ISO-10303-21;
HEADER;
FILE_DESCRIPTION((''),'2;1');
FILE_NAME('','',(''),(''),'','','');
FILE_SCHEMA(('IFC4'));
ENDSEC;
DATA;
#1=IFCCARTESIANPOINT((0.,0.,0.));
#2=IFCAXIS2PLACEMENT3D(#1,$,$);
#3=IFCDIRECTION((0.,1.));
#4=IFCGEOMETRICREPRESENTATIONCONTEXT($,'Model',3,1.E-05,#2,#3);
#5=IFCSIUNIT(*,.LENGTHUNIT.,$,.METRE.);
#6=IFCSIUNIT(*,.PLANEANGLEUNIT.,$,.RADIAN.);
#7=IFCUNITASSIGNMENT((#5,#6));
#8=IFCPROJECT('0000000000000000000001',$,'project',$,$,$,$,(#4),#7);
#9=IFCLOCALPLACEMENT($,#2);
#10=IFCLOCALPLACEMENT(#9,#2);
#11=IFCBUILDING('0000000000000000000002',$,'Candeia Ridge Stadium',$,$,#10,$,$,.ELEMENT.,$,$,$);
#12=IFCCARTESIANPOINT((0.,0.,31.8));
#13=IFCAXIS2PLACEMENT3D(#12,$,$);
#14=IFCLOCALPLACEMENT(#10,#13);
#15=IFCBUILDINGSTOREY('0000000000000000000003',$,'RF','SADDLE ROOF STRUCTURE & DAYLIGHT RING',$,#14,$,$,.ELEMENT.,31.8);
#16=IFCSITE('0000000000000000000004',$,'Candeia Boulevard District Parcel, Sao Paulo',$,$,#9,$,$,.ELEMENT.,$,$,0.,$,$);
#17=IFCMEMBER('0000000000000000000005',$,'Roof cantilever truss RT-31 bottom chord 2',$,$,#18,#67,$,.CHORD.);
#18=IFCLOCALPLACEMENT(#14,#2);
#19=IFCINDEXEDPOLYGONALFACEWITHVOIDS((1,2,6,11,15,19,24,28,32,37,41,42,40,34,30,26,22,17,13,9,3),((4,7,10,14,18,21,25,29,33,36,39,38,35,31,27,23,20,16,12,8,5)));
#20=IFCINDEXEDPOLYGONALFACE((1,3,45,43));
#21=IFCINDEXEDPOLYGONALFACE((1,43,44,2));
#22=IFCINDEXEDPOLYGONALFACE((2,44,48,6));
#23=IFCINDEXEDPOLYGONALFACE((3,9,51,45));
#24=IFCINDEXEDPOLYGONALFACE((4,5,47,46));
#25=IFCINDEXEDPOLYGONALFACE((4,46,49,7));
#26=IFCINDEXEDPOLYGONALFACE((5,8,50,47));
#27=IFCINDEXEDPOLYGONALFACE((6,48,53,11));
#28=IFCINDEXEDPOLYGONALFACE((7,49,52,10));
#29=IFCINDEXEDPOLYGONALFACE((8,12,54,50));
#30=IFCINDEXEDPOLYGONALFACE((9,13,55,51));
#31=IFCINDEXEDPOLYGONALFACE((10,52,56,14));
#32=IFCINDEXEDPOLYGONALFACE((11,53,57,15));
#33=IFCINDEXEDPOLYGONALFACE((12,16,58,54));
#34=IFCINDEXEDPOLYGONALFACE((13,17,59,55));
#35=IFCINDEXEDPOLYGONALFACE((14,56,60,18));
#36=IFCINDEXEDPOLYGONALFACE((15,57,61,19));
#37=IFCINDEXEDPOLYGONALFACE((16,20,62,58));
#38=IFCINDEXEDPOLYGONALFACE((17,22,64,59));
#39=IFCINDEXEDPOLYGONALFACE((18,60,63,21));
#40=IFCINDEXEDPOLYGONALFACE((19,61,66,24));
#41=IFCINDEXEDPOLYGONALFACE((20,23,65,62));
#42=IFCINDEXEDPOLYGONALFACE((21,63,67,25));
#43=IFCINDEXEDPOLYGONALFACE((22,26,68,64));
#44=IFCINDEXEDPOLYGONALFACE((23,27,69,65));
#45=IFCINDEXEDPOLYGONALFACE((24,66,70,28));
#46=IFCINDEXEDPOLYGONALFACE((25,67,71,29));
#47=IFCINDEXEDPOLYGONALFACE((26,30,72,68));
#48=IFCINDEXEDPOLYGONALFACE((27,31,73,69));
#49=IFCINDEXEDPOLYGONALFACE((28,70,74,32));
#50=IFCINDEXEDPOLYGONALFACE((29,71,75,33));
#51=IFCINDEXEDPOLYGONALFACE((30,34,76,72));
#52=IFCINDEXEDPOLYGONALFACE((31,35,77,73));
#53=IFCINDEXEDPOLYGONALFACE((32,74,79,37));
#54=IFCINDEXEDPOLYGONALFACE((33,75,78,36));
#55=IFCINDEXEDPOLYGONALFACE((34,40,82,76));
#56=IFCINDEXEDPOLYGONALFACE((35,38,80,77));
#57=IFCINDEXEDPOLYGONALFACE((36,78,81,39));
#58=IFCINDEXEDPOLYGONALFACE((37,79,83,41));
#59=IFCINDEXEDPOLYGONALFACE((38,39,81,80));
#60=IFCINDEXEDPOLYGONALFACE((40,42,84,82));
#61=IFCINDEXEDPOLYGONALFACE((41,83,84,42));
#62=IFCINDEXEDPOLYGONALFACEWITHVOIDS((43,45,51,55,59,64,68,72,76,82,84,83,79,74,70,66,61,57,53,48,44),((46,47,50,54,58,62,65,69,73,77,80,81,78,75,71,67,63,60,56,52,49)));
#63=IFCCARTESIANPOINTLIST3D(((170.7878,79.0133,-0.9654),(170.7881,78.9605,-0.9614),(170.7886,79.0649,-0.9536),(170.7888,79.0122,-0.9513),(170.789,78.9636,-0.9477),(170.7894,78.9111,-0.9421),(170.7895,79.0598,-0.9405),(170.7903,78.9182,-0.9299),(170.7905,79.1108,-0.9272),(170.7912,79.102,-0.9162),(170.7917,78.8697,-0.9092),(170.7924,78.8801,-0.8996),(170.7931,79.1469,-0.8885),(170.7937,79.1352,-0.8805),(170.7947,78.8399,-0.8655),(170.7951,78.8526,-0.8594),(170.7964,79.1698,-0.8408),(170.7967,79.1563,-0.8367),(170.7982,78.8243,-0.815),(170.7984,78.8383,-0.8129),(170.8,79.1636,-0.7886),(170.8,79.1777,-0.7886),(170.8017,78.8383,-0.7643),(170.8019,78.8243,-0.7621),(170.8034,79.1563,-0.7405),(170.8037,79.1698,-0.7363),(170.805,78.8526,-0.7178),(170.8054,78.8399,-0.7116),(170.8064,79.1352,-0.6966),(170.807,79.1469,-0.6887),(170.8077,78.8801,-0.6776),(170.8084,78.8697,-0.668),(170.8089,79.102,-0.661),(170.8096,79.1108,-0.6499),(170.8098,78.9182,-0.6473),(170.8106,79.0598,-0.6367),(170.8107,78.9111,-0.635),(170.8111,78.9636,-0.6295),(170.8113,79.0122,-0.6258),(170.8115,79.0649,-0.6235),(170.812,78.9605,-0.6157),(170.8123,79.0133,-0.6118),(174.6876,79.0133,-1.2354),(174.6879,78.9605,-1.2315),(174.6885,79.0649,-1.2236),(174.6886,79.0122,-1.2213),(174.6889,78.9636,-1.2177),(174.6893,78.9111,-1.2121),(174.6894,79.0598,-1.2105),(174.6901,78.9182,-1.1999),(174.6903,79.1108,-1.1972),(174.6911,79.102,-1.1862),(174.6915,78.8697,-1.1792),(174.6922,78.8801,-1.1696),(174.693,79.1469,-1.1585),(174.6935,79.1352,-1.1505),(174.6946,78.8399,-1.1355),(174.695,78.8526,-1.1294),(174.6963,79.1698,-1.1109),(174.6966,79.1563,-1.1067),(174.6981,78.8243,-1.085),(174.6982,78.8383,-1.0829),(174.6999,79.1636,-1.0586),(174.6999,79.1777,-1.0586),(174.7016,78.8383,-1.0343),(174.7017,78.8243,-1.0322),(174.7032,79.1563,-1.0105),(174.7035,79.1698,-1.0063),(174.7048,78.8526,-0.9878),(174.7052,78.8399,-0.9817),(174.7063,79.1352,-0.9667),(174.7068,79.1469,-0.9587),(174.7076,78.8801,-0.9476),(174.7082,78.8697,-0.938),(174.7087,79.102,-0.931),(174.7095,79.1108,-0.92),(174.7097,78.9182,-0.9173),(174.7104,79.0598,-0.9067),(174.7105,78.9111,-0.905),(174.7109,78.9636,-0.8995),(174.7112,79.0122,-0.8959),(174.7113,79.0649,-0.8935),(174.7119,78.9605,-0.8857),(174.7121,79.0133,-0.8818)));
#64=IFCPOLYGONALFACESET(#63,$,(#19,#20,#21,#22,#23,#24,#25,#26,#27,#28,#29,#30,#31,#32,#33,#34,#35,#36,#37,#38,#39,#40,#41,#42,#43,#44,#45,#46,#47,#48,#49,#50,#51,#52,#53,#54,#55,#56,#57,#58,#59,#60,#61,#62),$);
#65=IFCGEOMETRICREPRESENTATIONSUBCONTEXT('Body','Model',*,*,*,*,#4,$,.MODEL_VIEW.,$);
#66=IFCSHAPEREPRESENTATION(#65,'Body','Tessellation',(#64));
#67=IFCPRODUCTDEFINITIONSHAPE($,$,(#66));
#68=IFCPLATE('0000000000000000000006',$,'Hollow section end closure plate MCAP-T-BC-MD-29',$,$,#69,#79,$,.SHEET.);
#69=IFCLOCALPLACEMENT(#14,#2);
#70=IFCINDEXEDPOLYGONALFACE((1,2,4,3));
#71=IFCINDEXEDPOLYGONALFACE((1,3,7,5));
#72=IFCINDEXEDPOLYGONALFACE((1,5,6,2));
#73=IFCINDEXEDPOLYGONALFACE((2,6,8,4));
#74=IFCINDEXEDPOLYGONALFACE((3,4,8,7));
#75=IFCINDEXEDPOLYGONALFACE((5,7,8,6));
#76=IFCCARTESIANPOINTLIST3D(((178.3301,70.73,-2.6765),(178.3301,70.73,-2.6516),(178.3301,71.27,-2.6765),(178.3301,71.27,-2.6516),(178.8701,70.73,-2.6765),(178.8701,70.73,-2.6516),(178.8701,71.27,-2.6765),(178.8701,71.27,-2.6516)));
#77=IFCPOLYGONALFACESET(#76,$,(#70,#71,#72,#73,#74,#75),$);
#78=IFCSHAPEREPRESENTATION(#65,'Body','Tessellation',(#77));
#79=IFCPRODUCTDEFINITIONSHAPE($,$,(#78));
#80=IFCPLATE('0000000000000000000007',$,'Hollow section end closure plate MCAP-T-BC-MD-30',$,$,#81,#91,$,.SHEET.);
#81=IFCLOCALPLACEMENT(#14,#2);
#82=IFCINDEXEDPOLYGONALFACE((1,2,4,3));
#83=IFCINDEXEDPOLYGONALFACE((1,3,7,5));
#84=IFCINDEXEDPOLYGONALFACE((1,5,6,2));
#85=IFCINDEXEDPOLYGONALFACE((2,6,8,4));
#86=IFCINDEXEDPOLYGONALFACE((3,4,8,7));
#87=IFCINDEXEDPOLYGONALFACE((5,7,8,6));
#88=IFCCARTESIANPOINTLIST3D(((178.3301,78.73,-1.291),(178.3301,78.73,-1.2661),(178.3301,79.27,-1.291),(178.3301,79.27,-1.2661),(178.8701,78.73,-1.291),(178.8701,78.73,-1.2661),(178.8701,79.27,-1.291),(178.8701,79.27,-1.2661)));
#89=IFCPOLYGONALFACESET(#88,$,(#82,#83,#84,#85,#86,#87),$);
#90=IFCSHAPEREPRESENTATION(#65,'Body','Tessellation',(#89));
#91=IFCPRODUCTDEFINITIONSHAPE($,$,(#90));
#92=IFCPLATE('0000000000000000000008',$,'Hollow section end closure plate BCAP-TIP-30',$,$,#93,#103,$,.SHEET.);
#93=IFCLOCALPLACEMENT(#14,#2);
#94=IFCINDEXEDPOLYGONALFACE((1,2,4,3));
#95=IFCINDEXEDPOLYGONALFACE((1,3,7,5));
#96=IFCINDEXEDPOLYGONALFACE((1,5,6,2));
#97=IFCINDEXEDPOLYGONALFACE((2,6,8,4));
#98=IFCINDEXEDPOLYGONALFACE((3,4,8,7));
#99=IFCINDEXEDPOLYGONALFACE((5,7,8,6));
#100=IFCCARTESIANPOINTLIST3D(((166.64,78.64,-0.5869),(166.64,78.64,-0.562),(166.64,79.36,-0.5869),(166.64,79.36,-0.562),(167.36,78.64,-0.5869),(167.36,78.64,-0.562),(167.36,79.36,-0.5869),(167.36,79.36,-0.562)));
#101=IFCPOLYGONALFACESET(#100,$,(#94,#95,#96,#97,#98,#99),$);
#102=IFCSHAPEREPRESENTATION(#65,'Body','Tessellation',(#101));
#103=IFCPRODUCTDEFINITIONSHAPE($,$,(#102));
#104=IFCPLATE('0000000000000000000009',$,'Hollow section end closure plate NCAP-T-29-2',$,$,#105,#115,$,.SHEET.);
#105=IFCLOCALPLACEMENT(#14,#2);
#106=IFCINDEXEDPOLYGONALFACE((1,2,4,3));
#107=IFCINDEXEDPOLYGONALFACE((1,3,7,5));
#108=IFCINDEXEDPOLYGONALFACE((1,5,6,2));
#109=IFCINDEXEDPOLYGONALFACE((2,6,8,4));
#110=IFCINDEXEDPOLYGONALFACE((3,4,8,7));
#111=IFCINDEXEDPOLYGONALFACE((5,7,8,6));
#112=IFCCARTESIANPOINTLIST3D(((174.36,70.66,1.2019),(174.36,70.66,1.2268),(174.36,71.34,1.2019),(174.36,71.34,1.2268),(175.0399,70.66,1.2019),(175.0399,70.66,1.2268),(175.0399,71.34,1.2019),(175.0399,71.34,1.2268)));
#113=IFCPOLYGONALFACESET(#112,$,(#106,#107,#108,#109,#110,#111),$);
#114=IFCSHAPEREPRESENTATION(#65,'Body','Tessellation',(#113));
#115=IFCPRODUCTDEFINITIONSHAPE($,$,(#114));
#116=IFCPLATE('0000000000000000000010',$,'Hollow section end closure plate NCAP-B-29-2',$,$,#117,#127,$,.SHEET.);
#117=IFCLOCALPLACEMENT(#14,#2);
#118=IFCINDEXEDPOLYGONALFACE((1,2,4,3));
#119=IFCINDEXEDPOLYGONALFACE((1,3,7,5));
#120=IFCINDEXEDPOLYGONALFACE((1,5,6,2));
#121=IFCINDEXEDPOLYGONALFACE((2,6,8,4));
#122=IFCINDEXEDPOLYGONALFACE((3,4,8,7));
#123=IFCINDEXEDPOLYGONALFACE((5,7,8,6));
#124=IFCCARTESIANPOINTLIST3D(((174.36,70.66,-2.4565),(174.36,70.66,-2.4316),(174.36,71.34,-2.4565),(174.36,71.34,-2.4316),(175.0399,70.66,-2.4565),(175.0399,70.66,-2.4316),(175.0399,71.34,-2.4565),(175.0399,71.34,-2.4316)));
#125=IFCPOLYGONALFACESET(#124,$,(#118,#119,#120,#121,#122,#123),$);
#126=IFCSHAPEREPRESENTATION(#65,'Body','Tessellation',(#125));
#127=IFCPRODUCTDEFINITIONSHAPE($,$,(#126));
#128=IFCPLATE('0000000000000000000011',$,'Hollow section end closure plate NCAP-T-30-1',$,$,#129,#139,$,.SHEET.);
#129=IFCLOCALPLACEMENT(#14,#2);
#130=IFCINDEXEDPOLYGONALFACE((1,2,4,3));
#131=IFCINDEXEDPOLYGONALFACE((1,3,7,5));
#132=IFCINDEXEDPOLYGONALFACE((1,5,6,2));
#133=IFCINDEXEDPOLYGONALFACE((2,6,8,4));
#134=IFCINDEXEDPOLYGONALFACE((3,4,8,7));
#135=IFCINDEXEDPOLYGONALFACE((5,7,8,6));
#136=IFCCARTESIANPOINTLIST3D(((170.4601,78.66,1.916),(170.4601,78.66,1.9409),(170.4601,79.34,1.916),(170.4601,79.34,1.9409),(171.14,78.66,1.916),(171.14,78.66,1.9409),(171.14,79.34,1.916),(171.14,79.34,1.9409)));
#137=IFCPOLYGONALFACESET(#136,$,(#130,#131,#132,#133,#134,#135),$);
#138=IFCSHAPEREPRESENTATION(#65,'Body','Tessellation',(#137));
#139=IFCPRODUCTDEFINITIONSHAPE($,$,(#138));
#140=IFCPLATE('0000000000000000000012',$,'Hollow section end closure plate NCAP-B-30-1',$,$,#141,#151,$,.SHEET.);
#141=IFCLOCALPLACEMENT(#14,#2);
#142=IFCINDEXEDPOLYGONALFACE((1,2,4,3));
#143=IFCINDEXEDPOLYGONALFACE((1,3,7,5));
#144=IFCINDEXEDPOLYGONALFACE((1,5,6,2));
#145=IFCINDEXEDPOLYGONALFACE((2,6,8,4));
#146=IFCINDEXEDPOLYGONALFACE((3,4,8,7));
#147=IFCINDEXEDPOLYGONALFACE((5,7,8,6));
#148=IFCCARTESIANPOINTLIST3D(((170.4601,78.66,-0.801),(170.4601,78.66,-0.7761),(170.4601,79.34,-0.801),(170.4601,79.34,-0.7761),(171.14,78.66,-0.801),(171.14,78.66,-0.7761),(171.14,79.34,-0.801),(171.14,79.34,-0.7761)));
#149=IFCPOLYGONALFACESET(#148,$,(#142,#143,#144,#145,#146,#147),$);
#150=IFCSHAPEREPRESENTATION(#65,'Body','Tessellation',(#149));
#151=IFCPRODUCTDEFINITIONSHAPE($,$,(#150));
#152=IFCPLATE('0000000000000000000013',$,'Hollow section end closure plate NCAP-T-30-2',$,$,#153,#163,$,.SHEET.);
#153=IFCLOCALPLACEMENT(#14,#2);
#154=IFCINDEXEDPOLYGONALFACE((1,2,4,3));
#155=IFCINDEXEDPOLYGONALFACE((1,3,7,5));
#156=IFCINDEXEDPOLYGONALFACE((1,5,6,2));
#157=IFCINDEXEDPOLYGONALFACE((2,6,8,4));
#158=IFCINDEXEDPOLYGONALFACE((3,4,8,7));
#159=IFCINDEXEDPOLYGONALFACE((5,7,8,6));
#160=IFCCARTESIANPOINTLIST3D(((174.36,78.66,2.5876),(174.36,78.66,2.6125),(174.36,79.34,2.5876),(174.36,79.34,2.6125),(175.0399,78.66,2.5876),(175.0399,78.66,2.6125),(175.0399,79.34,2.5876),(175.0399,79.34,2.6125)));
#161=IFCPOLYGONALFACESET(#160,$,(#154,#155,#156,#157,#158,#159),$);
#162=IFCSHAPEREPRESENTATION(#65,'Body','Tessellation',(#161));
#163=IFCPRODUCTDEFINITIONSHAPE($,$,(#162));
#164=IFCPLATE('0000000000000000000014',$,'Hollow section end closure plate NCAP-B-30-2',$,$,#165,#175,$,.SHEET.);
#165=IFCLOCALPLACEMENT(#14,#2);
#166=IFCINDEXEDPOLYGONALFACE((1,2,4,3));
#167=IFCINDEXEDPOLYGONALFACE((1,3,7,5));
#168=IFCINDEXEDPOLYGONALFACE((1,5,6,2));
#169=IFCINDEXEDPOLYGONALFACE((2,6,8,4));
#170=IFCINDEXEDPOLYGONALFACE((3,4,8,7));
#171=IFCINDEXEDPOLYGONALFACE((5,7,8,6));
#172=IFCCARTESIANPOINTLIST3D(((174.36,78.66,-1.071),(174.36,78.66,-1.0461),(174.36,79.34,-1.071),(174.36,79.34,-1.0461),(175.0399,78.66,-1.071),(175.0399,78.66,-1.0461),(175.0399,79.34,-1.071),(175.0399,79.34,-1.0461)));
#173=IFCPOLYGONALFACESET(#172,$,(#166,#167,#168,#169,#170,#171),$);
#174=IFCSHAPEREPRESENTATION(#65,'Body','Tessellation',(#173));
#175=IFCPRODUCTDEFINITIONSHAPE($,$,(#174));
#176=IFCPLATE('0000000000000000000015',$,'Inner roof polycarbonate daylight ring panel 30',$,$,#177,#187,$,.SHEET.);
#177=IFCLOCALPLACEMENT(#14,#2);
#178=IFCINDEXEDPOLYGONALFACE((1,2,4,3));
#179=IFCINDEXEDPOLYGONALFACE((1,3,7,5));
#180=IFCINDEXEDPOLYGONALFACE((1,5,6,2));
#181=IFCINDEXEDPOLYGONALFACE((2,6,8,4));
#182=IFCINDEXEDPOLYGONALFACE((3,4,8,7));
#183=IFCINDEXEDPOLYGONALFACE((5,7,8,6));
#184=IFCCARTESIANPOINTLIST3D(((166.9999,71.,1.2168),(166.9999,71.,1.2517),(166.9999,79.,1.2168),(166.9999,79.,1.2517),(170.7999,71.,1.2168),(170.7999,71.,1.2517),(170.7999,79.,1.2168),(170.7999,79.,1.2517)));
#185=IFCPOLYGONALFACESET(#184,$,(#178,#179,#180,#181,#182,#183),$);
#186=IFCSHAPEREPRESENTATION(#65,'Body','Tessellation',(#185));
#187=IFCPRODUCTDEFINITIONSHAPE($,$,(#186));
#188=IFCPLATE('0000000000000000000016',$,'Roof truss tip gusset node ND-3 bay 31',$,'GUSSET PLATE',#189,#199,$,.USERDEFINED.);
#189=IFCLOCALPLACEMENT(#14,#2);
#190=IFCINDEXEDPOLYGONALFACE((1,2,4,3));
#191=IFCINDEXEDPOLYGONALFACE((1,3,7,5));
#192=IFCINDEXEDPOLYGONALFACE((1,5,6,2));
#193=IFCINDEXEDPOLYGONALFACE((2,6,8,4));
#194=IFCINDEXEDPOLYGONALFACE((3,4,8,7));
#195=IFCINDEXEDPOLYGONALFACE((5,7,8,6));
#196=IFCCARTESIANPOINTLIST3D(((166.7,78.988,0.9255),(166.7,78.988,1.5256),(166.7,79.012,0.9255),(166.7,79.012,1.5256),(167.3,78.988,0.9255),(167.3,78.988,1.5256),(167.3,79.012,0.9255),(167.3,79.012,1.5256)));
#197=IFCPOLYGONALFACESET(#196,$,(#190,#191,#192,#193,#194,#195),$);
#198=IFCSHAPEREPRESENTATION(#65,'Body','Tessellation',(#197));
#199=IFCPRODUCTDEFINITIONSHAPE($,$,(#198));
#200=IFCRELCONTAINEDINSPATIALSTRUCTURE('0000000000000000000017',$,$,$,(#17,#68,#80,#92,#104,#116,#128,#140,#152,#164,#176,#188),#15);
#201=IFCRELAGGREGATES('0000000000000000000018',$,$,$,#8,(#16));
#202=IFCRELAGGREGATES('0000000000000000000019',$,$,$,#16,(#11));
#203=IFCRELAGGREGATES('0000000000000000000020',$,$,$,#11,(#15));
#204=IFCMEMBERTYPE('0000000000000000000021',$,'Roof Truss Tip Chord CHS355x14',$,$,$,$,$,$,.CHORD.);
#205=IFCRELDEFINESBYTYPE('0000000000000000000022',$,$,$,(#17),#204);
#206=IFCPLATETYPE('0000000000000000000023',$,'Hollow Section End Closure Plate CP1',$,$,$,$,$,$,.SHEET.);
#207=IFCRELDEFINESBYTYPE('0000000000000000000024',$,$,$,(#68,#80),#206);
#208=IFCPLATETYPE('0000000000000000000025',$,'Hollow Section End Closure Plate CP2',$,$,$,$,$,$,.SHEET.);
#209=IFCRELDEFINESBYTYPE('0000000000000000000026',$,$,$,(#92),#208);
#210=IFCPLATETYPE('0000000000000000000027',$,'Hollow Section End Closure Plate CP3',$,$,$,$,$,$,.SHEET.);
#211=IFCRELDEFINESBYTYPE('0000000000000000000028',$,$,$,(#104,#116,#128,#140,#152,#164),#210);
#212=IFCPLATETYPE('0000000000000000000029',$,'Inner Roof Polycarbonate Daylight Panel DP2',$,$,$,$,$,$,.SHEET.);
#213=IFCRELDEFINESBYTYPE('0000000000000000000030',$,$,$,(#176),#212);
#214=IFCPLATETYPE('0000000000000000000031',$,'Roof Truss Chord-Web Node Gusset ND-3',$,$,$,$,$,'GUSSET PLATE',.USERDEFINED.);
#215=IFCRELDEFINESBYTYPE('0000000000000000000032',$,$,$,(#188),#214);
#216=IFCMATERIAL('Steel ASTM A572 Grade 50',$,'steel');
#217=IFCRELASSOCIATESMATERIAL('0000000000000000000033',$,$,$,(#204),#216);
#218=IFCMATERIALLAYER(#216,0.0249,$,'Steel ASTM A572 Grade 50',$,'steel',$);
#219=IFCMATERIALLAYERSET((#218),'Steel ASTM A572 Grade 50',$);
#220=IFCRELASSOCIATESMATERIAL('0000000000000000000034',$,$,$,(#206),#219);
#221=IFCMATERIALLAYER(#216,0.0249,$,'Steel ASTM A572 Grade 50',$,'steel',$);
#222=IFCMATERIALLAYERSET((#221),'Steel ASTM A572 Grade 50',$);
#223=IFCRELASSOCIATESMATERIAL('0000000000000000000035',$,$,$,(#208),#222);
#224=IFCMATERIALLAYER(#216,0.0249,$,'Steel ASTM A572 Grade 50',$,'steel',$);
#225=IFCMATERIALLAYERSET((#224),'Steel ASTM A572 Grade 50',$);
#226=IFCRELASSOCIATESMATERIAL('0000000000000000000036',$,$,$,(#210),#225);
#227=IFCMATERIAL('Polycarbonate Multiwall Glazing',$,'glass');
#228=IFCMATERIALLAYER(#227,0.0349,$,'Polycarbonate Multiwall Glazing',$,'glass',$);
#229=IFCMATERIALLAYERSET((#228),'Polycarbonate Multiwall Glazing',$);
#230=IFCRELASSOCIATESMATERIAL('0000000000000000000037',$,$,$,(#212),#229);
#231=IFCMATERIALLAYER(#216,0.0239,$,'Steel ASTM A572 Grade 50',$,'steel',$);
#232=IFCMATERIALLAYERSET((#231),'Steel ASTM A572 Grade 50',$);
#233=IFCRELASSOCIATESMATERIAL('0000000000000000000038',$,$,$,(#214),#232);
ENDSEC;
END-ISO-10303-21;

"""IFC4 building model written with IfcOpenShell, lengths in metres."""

from ifc_helpers import new_model, si_unit, direction, frame, origin, origin_2d, place, context, subcontext, project, spatial, rectangle, hollow_circle, extrude, material, layer, layer_set, material_profile, profile_set, type_object, element, save


model = new_model("IFC4")

# Units and contexts
model_context = context("Model", 3, precision=1e-05, world=origin(), true_north=direction((0.0, 1.0)))
body_context = subcontext(model_context, "Body", "Model", "MODEL_VIEW")
ifc_project = project(units=[si_unit("LENGTHUNIT", "METRE"), si_unit("PLANEANGLEUNIT", "RADIAN")], contexts=[model_context])

# Site, building, storey
site_placement = place(None, origin())
site = spatial("IfcSite", under=ifc_project, at=site_placement, Name="Candeia Boulevard District Parcel, Sao Paulo", CompositionType="ELEMENT", RefElevation=0.0)
building_placement = place(site_placement, origin())
building = spatial("IfcBuilding", under=site, at=building_placement, Name="Candeia Ridge Stadium", CompositionType="ELEMENT")
storey_placement = place(building_placement, frame((0.0, 0.0, 31.8)))
storey = spatial("IfcBuildingStorey", under=building, at=storey_placement, Name="RF", Description="SADDLE ROOF STRUCTURE & DAYLIGHT RING", CompositionType="ELEMENT", Elevation=31.8)

# Shared definitions
ifc_material_1 = material(Name="Steel ASTM A572 Grade 50", Category="steel")

# Member
ifc_material_profile_1 = material_profile(ifc_material_1, hollow_circle(Radius=0.1777, WallThickness=0.0142, at=origin_2d()), Name="CHS355x14", Category="steel")
ifc_profile_set_1 = profile_set([ifc_material_profile_1], Name="Steel ASTM A572 Grade 50")
member_type_1 = type_object("IfcMemberType", Name="Roof Truss Tip Chord CHS355x14", PredefinedType="CHORD", material=ifc_profile_set_1)
member_1_placement = place(storey_placement, frame((170.8, 79.0, -0.7886), z_axis=(0.997612, 0.0, -0.069072), x_axis=(0.0, 1.0, 0.0)))
element("IfcMember", 1, at=member_1_placement, inside=storey, type_object=member_type_1, Name="Roof cantilever truss RT-31 bottom chord 2", PredefinedType="CHORD", context=body_context, shape_type="SweptSolid", body=[
    extrude(hollow_circle(Radius=0.1777, WallThickness=0.0142, at=origin_2d()), origin(), (0.0, 0.0, 1.0), 3.9092),
])

# Plates
ifc_layer_1 = layer(ifc_material_1, 0.0249, Name="Steel ASTM A572 Grade 50", Category="steel")
ifc_layer_set_1 = layer_set([ifc_layer_1], Name="Steel ASTM A572 Grade 50")
plate_type_1 = type_object("IfcPlateType", Name="Hollow Section End Closure Plate CP1", PredefinedType="SHEET", material=ifc_layer_set_1)
for number, where, z_axis, x_axis, name in (
    (2, (178.6001, 71.0, -2.6765), (0.0, 0.0, 1.0), (1.0, 0.0, 0.0), "Hollow section end closure plate MCAP-T-BC-MD-29"),
    (3, (178.6001, 79.0, -1.291), (0.0, 0.0, 1.0), (1.0, 0.0, 0.0), "Hollow section end closure plate MCAP-T-BC-MD-30"),
):
    element("IfcPlate", number, at=place(storey_placement, frame(where, z_axis=z_axis, x_axis=x_axis)), inside=storey, type_object=plate_type_1, Name=name, PredefinedType="SHEET", context=body_context, shape_type="SweptSolid", body=[
        extrude(rectangle(XDim=0.54, YDim=0.54, at=origin_2d()), origin(), (0.0, 0.0, 1.0), 0.0249),
    ])
ifc_layer_2 = layer(ifc_material_1, 0.0249, Name="Steel ASTM A572 Grade 50", Category="steel")
ifc_layer_set_2 = layer_set([ifc_layer_2], Name="Steel ASTM A572 Grade 50")
plate_type_2 = type_object("IfcPlateType", Name="Hollow Section End Closure Plate CP2", PredefinedType="SHEET", material=ifc_layer_set_2)
plate_1_placement = place(storey_placement, frame((167.0, 79.0, -0.5869), z_axis=(0.0, 0.0, 1.0), x_axis=(1.0, 0.0, 0.0)))
element("IfcPlate", 4, at=plate_1_placement, inside=storey, type_object=plate_type_2, Name="Hollow section end closure plate BCAP-TIP-30", PredefinedType="SHEET", context=body_context, shape_type="SweptSolid", body=[
    extrude(rectangle(XDim=0.72, YDim=0.72, at=origin_2d()), origin(), (0.0, 0.0, 1.0), 0.0249),
])
ifc_layer_3 = layer(ifc_material_1, 0.0249, Name="Steel ASTM A572 Grade 50", Category="steel")
ifc_layer_set_3 = layer_set([ifc_layer_3], Name="Steel ASTM A572 Grade 50")
plate_type_3 = type_object("IfcPlateType", Name="Hollow Section End Closure Plate CP3", PredefinedType="SHEET", material=ifc_layer_set_3)
for number, where, z_axis, x_axis, name in (
    (5, (174.7, 71.0, 1.2019), (0.0, 0.0, 1.0), (1.0, 0.0, 0.0), "Hollow section end closure plate NCAP-T-29-2"),
    (6, (174.7, 71.0, -2.4565), (0.0, 0.0, 1.0), (1.0, 0.0, 0.0), "Hollow section end closure plate NCAP-B-29-2"),
    (7, (170.8, 79.0, 1.916), (0.0, 0.0, 1.0), (1.0, 0.0, 0.0), "Hollow section end closure plate NCAP-T-30-1"),
    (8, (170.8, 79.0, -0.801), (0.0, 0.0, 1.0), (1.0, 0.0, 0.0), "Hollow section end closure plate NCAP-B-30-1"),
    (9, (174.7, 79.0, 2.5876), (0.0, 0.0, 1.0), (1.0, 0.0, 0.0), "Hollow section end closure plate NCAP-T-30-2"),
    (10, (174.7, 79.0, -1.071), (0.0, 0.0, 1.0), (1.0, 0.0, 0.0), "Hollow section end closure plate NCAP-B-30-2"),
):
    element("IfcPlate", number, at=place(storey_placement, frame(where, z_axis=z_axis, x_axis=x_axis)), inside=storey, type_object=plate_type_3, Name=name, PredefinedType="SHEET", context=body_context, shape_type="SweptSolid", body=[
        extrude(rectangle(XDim=0.6799, YDim=0.6799, at=origin_2d()), origin(), (0.0, 0.0, 1.0), 0.0249),
    ])
ifc_material_2 = material(Name="Polycarbonate Multiwall Glazing", Category="glass")
ifc_layer_4 = layer(ifc_material_2, 0.0349, Name="Polycarbonate Multiwall Glazing", Category="glass")
ifc_layer_set_4 = layer_set([ifc_layer_4], Name="Polycarbonate Multiwall Glazing")
plate_type_4 = type_object("IfcPlateType", Name="Inner Roof Polycarbonate Daylight Panel DP2", PredefinedType="SHEET", material=ifc_layer_set_4)
plate_2_placement = place(storey_placement, frame((168.8999, 75.0, 1.2168), z_axis=(0.0, 0.0, 1.0), x_axis=(0.0, 1.0, 0.0)))
element("IfcPlate", 11, at=plate_2_placement, inside=storey, type_object=plate_type_4, Name="Inner roof polycarbonate daylight ring panel 30", PredefinedType="SHEET", context=body_context, shape_type="SweptSolid", body=[
    extrude(rectangle(XDim=8.0, YDim=3.8, at=origin_2d()), origin(), (0.0, 0.0, 1.0), 0.0349),
])
ifc_layer_5 = layer(ifc_material_1, 0.0239, Name="Steel ASTM A572 Grade 50", Category="steel")
ifc_layer_set_5 = layer_set([ifc_layer_5], Name="Steel ASTM A572 Grade 50")
plate_type_5 = type_object("IfcPlateType", Name="Roof Truss Chord-Web Node Gusset ND-3", ElementType="GUSSET PLATE", PredefinedType="USERDEFINED", material=ifc_layer_set_5)
plate_3_placement = place(storey_placement, frame((167.0, 79.0, 0.9255), z_axis=(0.0, 0.0, 1.0), x_axis=(1.0, 0.0, 0.0)))
element("IfcPlate", 12, at=plate_3_placement, inside=storey, type_object=plate_type_5, Name="Roof truss tip gusset node ND-3 bay 31", ObjectType="GUSSET PLATE", PredefinedType="USERDEFINED", context=body_context, shape_type="SweptSolid", body=[
    extrude(rectangle(XDim=0.6001, YDim=0.0239, at=origin_2d()), origin(), (0.0, 0.0, 1.0), 0.6001),
])

save(model, "model.ifc")
